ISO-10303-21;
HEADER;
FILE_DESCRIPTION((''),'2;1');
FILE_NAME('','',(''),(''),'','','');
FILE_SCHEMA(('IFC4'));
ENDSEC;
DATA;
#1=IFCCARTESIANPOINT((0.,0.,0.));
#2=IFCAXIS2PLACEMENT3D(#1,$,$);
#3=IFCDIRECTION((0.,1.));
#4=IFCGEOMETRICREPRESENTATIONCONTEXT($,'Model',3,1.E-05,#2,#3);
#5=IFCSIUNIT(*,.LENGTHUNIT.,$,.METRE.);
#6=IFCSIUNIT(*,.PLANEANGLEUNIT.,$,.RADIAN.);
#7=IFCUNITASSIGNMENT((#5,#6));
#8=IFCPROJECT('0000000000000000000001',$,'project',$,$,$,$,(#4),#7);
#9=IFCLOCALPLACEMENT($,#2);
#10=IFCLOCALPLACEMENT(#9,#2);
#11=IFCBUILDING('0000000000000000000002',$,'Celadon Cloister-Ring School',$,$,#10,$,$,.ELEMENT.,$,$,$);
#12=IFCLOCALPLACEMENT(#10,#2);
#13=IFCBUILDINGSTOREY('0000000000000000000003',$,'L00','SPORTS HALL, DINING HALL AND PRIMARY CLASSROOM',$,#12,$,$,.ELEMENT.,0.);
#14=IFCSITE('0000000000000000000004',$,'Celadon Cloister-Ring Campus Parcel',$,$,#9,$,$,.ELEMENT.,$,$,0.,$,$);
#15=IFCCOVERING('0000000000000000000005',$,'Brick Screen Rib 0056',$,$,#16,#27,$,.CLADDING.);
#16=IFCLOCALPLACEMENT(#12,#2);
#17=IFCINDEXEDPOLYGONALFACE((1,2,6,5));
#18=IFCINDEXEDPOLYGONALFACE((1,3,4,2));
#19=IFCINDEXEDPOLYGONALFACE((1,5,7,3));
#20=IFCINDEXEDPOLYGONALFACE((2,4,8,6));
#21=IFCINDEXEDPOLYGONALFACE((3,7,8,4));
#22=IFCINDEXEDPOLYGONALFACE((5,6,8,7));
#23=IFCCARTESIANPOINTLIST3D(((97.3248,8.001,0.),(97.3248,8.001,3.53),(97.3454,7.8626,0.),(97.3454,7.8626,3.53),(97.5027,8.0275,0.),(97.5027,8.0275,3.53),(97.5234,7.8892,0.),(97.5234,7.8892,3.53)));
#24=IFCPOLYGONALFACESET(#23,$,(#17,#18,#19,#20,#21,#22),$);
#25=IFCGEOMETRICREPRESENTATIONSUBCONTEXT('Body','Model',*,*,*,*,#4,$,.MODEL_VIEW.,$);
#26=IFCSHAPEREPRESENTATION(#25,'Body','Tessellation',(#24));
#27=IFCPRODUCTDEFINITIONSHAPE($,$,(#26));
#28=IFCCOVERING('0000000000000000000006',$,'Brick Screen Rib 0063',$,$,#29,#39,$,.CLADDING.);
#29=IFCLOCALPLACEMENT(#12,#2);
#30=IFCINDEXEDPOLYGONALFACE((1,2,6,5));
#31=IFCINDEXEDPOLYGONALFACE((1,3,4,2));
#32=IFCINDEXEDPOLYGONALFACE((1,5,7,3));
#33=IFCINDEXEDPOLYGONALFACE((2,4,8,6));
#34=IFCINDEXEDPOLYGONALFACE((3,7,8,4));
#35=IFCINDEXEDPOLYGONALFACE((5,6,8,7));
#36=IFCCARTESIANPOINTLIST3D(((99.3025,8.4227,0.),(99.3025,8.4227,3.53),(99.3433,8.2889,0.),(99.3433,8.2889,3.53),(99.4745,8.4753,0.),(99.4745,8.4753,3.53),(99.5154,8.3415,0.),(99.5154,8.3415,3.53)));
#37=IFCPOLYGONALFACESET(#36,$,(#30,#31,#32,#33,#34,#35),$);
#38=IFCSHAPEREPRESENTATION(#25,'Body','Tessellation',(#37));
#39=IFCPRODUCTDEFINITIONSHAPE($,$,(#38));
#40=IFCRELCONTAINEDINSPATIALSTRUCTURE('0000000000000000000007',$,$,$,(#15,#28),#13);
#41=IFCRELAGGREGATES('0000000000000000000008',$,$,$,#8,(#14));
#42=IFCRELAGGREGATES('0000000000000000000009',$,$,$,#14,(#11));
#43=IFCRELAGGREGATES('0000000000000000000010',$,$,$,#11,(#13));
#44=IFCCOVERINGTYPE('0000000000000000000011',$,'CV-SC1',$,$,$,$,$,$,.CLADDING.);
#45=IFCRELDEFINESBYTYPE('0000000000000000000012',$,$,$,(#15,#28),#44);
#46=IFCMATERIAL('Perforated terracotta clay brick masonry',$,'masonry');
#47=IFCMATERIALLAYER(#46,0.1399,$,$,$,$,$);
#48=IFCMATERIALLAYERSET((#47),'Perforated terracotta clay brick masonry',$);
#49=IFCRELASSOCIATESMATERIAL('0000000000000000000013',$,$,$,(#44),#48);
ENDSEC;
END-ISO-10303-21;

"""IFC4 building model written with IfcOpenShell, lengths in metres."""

from ifc_helpers import new_model, si_unit, direction, frame, origin, origin_2d, place, context, subcontext, project, spatial, rectangle, extrude, material, layer, layer_set, type_object, element, save


model = new_model("IFC4")

# Units and contexts
model_context = context("Model", 3, precision=1e-05, world=origin(), true_north=direction((0.0, 1.0)))
body_context = subcontext(model_context, "Body", "Model", "MODEL_VIEW")
ifc_project = project(units=[si_unit("LENGTHUNIT", "METRE"), si_unit("PLANEANGLEUNIT", "RADIAN")], contexts=[model_context])

# Site, building, storey
site_placement = place(None, origin())
site = spatial("IfcSite", under=ifc_project, at=site_placement, Name="Celadon Cloister-Ring Campus Parcel", CompositionType="ELEMENT", RefElevation=0.0)
building_placement = place(site_placement, origin())
building = spatial("IfcBuilding", under=site, at=building_placement, Name="Celadon Cloister-Ring School", CompositionType="ELEMENT")
storey_placement = place(building_placement, origin())
storey = spatial("IfcBuildingStorey", under=building, at=storey_placement, Name="L00", Description="SPORTS HALL, DINING HALL AND PRIMARY CLASSROOM", CompositionType="ELEMENT", Elevation=0.0)

# Coverings
ifc_material_1 = material(Name="Perforated terracotta clay brick masonry", Category="masonry")
ifc_layer_1 = layer(ifc_material_1, 0.1399)
ifc_layer_set_1 = layer_set([ifc_layer_1], Name="Perforated terracotta clay brick masonry")
covering_type = type_object("IfcCoveringType", Name="CV-SC1", PredefinedType="CLADDING", material=ifc_layer_set_1)
for number, where, z_axis, x_axis, name in (
    (1, (97.4241, 7.9451, 0.0), (0.0, 0.0, 1.0), (-0.989042, -0.147637, 0.0), "Brick Screen Rib 0056"),
    (2, (99.4089, 8.3821, 0.0), (0.0, 0.0, 1.0), (-0.956346, -0.292238, 0.0), "Brick Screen Rib 0063"),
):
    element("IfcCovering", number, at=place(storey_placement, frame(where, z_axis=z_axis, x_axis=x_axis)), inside=storey, type_object=covering_type, Name=name, PredefinedType="CLADDING", context=body_context, shape_type="SweptSolid", body=[
        extrude(rectangle(XDim=0.1799, YDim=0.1399, at=origin_2d()), origin(), (0.0, 0.0, 1.0), 3.53),
    ])

save(model, "model.ifc")
